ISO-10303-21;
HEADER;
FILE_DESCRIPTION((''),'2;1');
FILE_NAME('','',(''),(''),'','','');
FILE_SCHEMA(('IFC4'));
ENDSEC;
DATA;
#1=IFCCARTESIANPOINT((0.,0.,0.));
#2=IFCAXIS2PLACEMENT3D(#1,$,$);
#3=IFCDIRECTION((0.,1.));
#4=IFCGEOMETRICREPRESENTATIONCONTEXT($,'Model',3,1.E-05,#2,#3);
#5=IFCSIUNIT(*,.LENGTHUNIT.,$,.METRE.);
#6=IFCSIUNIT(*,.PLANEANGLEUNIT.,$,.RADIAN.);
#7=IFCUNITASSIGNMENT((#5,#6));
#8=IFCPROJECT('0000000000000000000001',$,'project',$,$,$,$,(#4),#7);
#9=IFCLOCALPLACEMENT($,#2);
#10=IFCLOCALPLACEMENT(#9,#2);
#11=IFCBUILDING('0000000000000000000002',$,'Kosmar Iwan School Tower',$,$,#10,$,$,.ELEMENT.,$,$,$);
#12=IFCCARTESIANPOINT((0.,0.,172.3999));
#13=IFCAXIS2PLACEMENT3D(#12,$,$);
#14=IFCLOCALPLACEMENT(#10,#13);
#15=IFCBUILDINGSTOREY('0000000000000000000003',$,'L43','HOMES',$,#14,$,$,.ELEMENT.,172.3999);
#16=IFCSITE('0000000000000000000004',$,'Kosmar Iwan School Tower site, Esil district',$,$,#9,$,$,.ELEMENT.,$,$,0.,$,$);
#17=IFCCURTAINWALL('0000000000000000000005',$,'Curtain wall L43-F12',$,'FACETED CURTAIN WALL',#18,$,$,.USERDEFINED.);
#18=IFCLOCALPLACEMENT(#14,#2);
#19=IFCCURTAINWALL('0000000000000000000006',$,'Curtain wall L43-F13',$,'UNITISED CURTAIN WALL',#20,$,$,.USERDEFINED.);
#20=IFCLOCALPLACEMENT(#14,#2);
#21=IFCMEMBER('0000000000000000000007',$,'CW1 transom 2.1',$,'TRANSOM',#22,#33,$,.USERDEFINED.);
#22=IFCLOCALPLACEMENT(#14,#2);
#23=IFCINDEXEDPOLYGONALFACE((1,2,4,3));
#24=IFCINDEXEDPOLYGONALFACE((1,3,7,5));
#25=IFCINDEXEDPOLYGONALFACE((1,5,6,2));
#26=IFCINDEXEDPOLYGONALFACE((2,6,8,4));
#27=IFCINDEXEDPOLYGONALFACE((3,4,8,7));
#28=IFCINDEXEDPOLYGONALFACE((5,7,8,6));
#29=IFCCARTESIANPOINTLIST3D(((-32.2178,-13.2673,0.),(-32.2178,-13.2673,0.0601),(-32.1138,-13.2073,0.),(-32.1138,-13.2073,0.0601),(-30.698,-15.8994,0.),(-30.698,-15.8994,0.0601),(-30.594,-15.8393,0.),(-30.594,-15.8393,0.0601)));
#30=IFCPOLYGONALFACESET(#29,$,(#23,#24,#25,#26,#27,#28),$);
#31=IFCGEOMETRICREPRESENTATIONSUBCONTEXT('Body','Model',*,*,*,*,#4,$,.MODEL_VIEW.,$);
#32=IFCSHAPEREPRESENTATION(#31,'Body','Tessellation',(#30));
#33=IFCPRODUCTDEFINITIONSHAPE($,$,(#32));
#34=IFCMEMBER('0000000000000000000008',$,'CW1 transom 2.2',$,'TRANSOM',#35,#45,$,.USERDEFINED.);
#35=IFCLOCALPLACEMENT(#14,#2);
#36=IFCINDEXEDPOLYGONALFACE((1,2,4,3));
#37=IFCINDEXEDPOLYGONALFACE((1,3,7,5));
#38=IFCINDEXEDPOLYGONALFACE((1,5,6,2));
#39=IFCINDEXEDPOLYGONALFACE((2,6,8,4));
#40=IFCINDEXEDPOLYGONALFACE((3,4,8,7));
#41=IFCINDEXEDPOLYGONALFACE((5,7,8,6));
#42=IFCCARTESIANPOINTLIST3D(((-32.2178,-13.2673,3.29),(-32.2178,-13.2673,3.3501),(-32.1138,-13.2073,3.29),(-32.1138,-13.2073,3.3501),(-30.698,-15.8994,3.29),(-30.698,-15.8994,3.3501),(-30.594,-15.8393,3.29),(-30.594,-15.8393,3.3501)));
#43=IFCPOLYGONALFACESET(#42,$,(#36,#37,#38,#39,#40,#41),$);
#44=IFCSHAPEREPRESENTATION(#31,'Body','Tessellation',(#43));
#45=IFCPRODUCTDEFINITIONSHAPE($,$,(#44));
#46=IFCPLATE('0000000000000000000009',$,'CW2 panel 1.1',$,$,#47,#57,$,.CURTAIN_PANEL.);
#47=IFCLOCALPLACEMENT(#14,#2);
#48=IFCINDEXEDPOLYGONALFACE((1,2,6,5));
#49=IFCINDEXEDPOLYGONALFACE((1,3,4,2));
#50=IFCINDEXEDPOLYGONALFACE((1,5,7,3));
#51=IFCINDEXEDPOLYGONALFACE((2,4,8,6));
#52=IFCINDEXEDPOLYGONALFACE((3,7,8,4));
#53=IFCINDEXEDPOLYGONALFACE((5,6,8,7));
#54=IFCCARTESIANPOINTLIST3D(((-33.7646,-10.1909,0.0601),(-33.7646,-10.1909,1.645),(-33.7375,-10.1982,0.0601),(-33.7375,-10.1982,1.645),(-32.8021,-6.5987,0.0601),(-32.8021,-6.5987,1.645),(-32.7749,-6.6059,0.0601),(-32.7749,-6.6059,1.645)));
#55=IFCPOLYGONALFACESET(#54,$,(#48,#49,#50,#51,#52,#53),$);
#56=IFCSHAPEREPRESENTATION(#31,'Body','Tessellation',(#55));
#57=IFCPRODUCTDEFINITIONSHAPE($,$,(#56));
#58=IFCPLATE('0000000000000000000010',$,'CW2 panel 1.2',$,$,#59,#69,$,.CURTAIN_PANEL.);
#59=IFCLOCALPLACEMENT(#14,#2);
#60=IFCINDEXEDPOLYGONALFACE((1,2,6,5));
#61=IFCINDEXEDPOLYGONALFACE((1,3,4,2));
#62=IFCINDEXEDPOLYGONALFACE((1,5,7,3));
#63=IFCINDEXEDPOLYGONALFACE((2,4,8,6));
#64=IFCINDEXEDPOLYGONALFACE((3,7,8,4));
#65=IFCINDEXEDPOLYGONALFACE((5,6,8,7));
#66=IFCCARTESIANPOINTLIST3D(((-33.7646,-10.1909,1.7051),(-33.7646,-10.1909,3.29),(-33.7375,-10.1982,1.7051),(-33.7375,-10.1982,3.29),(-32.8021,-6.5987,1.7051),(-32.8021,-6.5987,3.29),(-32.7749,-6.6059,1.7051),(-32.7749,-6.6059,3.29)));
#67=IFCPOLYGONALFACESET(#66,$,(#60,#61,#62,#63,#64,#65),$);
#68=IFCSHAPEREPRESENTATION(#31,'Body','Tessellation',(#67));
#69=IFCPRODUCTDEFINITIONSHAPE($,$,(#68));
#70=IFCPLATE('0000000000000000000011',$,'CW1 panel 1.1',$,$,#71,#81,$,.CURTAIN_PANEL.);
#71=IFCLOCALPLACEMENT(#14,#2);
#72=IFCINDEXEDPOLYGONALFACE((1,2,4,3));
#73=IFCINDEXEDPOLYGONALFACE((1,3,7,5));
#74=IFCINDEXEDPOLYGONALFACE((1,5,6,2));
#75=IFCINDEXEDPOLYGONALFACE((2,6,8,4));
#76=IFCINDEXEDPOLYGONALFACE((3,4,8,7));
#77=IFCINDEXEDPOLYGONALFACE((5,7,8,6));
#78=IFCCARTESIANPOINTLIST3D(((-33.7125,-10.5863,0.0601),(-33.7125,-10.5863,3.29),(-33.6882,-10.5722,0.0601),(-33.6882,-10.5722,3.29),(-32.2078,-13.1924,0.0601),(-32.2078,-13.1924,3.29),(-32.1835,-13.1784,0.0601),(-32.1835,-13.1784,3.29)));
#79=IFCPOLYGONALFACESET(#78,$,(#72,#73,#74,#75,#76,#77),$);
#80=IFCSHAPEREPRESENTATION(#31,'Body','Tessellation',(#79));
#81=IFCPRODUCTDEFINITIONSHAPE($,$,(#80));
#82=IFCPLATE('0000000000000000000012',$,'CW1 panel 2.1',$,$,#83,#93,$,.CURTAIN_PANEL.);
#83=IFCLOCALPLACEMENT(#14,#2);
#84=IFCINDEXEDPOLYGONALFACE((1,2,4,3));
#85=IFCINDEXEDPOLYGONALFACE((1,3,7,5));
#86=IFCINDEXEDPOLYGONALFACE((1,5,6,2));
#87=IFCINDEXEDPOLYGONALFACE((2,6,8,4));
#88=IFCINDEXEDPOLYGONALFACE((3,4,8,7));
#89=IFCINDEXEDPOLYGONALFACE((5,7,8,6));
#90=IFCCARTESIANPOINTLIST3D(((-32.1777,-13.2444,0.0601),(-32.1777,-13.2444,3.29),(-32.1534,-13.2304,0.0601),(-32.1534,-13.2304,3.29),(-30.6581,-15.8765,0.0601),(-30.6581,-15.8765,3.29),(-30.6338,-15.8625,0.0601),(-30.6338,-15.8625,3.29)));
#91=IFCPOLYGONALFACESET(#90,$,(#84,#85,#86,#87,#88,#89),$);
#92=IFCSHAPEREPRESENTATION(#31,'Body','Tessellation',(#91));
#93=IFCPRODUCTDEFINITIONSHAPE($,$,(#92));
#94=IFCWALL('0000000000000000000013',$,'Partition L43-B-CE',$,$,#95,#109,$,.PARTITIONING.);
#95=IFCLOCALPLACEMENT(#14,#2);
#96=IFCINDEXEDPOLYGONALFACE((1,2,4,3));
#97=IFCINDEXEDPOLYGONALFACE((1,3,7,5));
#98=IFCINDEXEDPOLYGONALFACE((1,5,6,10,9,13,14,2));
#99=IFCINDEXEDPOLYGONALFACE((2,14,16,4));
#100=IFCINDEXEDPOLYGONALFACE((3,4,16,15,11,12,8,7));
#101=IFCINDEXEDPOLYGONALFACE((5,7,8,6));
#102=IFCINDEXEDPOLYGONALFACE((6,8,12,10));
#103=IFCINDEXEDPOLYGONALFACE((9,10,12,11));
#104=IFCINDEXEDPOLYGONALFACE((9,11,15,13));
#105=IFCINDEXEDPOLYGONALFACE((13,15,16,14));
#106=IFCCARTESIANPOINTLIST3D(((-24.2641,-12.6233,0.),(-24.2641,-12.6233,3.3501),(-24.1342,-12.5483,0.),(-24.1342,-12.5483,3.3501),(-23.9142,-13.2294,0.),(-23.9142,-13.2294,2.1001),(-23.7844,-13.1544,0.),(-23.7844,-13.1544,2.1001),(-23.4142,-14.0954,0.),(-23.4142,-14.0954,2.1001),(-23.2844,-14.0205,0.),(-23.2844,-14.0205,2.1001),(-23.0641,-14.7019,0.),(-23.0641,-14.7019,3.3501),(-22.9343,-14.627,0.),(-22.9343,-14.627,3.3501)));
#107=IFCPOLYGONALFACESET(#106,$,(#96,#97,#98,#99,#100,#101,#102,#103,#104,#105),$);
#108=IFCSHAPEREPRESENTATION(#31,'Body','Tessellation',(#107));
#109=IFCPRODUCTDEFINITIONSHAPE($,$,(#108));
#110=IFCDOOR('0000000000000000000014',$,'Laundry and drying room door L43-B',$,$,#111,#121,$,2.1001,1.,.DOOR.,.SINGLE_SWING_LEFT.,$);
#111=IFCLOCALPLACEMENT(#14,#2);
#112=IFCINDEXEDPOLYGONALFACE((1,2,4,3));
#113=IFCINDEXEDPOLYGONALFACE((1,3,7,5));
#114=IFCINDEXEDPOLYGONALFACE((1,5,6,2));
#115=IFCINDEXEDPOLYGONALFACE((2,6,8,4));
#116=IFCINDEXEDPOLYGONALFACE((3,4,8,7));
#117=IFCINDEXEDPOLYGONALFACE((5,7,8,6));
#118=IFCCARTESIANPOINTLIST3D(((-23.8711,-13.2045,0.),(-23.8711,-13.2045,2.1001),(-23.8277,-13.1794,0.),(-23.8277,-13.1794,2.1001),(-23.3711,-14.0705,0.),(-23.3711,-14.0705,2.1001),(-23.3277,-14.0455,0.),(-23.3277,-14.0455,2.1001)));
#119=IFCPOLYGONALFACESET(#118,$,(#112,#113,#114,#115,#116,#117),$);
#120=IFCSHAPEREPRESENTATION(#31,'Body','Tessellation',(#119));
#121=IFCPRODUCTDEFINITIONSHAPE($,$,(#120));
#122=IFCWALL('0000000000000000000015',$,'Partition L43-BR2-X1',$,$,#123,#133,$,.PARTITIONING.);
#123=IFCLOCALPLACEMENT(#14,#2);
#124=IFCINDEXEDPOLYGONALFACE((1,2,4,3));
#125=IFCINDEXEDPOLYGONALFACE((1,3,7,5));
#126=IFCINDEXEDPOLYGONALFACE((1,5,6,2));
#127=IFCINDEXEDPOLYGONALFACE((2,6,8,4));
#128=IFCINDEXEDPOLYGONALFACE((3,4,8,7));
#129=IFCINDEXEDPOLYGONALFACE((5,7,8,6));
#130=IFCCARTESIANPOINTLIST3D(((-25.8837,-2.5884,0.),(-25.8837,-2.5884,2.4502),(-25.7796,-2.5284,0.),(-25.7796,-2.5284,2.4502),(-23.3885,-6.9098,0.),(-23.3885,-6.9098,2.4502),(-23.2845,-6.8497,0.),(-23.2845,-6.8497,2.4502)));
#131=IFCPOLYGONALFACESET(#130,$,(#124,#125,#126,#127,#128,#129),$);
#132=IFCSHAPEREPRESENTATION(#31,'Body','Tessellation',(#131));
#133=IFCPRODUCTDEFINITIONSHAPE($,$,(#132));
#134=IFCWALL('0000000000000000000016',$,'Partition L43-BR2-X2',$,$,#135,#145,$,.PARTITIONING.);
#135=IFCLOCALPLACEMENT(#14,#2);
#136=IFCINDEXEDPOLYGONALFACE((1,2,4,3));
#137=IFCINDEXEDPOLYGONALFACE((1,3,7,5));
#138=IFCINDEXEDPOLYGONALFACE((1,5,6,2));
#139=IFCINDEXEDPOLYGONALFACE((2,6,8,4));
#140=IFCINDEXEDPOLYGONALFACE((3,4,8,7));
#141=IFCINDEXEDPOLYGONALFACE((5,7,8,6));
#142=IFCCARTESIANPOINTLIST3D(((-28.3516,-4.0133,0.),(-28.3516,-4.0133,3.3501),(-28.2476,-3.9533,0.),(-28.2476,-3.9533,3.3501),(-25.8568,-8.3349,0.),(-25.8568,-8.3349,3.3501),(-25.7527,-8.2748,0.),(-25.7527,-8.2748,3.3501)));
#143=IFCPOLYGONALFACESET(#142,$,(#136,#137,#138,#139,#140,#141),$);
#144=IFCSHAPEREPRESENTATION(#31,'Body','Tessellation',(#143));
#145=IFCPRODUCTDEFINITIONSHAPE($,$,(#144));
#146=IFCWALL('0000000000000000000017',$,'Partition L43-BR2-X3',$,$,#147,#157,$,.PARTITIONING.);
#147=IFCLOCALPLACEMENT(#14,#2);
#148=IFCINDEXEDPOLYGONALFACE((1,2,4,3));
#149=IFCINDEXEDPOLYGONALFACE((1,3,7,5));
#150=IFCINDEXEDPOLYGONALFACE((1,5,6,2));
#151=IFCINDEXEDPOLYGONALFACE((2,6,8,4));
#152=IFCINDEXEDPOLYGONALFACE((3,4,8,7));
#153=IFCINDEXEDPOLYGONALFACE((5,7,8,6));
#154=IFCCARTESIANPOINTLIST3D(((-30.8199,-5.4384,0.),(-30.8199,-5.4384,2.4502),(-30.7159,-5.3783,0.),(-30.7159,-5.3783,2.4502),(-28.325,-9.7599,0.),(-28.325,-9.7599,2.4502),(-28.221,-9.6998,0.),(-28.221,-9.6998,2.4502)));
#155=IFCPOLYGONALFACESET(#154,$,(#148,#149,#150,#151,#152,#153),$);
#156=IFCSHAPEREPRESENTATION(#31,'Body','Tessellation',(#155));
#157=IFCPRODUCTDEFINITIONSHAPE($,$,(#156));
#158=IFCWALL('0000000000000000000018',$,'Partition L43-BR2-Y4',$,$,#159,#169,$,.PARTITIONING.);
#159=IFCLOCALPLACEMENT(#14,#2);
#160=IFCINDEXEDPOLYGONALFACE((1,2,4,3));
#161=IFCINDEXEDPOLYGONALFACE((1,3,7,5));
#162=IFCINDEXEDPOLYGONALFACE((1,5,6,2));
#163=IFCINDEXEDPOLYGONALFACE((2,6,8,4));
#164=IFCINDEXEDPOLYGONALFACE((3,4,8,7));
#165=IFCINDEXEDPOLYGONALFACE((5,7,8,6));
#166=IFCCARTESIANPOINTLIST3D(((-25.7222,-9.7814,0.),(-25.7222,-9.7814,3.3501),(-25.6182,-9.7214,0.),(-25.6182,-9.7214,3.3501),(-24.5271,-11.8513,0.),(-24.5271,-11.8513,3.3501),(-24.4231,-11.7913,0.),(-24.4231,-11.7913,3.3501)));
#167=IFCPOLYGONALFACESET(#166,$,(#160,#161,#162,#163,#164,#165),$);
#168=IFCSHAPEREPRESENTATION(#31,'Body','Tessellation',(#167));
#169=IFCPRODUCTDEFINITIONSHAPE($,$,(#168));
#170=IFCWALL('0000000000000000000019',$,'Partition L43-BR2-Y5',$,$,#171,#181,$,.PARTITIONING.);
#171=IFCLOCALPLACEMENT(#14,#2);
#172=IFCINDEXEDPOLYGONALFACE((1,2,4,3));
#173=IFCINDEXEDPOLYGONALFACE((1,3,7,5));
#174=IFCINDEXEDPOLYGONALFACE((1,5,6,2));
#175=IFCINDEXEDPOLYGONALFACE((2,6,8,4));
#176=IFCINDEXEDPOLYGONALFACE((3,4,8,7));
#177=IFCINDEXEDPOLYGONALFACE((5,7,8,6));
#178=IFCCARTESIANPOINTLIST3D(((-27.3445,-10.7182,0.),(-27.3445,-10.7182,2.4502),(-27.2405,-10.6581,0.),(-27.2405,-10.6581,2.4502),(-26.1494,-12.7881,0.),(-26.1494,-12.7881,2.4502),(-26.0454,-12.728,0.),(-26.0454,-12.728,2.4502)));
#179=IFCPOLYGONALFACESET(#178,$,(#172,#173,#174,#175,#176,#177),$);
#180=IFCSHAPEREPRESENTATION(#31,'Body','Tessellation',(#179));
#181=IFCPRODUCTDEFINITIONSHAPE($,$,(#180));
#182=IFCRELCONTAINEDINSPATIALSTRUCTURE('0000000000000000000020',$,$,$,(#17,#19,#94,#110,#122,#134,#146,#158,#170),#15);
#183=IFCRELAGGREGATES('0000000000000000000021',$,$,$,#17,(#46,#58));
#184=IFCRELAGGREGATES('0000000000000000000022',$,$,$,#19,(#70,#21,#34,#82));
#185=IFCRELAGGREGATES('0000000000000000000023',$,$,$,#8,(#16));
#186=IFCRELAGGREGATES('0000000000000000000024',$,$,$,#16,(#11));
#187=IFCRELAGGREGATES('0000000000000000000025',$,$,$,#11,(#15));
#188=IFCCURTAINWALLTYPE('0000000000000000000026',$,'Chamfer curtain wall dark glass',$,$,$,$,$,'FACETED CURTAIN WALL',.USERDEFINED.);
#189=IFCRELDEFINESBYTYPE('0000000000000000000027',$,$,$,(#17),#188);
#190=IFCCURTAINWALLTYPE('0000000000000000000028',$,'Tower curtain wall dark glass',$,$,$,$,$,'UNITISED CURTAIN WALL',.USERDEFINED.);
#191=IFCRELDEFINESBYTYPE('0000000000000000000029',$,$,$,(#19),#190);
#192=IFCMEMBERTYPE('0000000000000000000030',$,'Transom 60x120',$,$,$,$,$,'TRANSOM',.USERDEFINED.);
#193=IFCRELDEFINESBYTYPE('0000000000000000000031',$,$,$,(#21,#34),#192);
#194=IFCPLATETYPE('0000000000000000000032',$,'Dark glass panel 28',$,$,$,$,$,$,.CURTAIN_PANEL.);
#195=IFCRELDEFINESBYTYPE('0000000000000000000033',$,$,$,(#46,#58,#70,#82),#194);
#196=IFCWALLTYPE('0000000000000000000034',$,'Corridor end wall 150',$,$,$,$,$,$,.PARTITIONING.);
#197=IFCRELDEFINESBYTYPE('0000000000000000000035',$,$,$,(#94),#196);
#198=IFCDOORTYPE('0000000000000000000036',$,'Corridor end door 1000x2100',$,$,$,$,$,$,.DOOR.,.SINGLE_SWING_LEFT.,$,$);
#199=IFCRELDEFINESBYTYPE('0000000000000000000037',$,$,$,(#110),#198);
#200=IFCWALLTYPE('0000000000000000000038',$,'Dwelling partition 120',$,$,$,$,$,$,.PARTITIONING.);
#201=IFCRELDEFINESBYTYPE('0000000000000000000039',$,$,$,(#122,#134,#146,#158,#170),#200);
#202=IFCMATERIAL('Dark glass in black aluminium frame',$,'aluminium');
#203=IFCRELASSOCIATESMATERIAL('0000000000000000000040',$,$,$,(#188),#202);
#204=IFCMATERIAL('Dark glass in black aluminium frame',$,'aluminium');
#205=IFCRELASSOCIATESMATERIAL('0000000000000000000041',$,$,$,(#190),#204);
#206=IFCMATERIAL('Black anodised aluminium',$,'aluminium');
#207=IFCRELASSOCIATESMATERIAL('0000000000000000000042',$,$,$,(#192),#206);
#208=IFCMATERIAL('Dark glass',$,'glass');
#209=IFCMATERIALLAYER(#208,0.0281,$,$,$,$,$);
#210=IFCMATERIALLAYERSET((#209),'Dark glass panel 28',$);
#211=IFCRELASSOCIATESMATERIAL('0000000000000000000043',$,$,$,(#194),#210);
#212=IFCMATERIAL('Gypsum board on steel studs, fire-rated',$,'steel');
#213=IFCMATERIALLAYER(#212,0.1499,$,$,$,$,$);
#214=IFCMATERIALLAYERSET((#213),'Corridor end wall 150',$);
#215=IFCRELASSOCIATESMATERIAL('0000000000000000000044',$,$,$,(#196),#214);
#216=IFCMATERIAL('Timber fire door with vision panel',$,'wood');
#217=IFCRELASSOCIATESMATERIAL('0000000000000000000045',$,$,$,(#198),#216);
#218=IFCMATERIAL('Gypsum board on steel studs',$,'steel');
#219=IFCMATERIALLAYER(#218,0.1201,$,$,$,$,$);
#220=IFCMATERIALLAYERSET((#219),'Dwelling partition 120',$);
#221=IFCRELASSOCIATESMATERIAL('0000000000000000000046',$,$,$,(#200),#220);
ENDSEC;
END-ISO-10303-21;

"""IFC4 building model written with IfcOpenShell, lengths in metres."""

from ifc_helpers import new_model, si_unit, direction, frame, frame_2d, origin, origin_2d, place, context, subcontext, project, spatial, rectangle, extrude, material, layer, layer_set, material_profile, profile_set, type_object, element, fill, aggregate, save


model = new_model("IFC4")

# Units and contexts
model_context = context("Model", 3, precision=1e-05, world=origin(), true_north=direction((0.0, 1.0)))
body_context = subcontext(model_context, "Body", "Model", "MODEL_VIEW")
ifc_project = project(units=[si_unit("LENGTHUNIT", "METRE"), si_unit("PLANEANGLEUNIT", "RADIAN")], contexts=[model_context])

# Site, building, storey
site_placement = place(None, origin())
site = spatial("IfcSite", under=ifc_project, at=site_placement, Name="Kosmar Iwan School Tower site, Esil district", CompositionType="ELEMENT", RefElevation=0.0)
building_placement = place(site_placement, origin())
building = spatial("IfcBuilding", under=site, at=building_placement, Name="Kosmar Iwan School Tower", CompositionType="ELEMENT")
storey_placement = place(building_placement, frame((0.0, 0.0, 172.3999)))
storey = spatial("IfcBuildingStorey", under=building, at=storey_placement, Name="L43", Description="HOMES", CompositionType="ELEMENT", Elevation=172.3999)

# Curtain wall
ifc_material_1 = material(Name="Dark glass in black aluminium frame", Category="aluminium")
curtain_wall_type_1 = type_object("IfcCurtainWallType", Name="Chamfer curtain wall dark glass", ElementType="FACETED CURTAIN WALL", PredefinedType="USERDEFINED", material=ifc_material_1)
curtain_wall_1_placement = place(storey_placement, origin())
curtain_wall_1 = element("IfcCurtainWall", 1, at=curtain_wall_1_placement, inside=storey, type_object=curtain_wall_type_1, Name="Curtain wall L43-F12", ObjectType="FACETED CURTAIN WALL", PredefinedType="USERDEFINED")

# Curtain wall
ifc_material_2 = material(Name="Dark glass in black aluminium frame", Category="aluminium")
curtain_wall_type_2 = type_object("IfcCurtainWallType", Name="Tower curtain wall dark glass", ElementType="UNITISED CURTAIN WALL", PredefinedType="USERDEFINED", material=ifc_material_2)
curtain_wall_2_placement = place(storey_placement, origin())
curtain_wall_2 = element("IfcCurtainWall", 2, at=curtain_wall_2_placement, inside=storey, type_object=curtain_wall_type_2, Name="Curtain wall L43-F13", ObjectType="UNITISED CURTAIN WALL", PredefinedType="USERDEFINED")

# Members
ifc_material_3 = material(Name="Black anodised aluminium", Category="aluminium")
ifc_material_profile_1 = material_profile(ifc_material_3, rectangle(XDim=0.1201, YDim=0.0601, at=origin_2d()), Name="TRANSOM 60x120")
ifc_profile_set_1 = profile_set([ifc_material_profile_1], Name="Black anodised aluminium")
member_type_1 = type_object("IfcMemberType", Name="Transom 60x120", ElementType="TRANSOM", PredefinedType="USERDEFINED", material=ifc_profile_set_1)
member_1_placement = place(storey_placement, frame((-32.1658, -13.2373, 0.03), z_axis=(0.500035, -0.866005, 0.0), x_axis=(0.866005, 0.500035, 0.0)))
member_1 = element("IfcMember", 3, at=member_1_placement, type_object=member_type_1, Name="CW1 transom 2.1", ObjectType="TRANSOM", PredefinedType="USERDEFINED", context=body_context, shape_type="SweptSolid", body=[
    extrude(rectangle(XDim=0.1201, YDim=0.0601, at=origin_2d()), origin(), (0.0, 0.0, 1.0), 3.0393),
])
member_2_placement = place(storey_placement, frame((-32.1658, -13.2373, 3.3201), z_axis=(0.500035, -0.866005, 0.0), x_axis=(0.866005, 0.500035, 0.0)))
member_2 = element("IfcMember", 4, at=member_2_placement, type_object=member_type_1, Name="CW1 transom 2.2", ObjectType="TRANSOM", PredefinedType="USERDEFINED", context=body_context, shape_type="SweptSolid", body=[
    extrude(rectangle(XDim=0.1201, YDim=0.0601, at=origin_2d()), origin(), (0.0, 0.0, 1.0), 3.0393),
])

# Plates
ifc_material_4 = material(Name="Dark glass", Category="glass")
ifc_layer_1 = layer(ifc_material_4, 0.0281)
ifc_layer_set_1 = layer_set([ifc_layer_1], Name="Dark glass panel 28")
plate_type = type_object("IfcPlateType", Name="Dark glass panel 28", PredefinedType="CURTAIN_PANEL", material=ifc_layer_set_1)
plate_1_placement = place(storey_placement, frame((-33.2698, -8.3984, 0.0601), z_axis=(0.0, 0.0, 1.0), x_axis=(-0.258819, -0.965926, 0.0)))
plate_1 = element("IfcPlate", 5, at=plate_1_placement, type_object=plate_type, Name="CW2 panel 1.1", PredefinedType="CURTAIN_PANEL", context=body_context, shape_type="SweptSolid", body=[
    extrude(rectangle(XDim=3.719, YDim=0.0281, at=origin_2d()), origin(), (0.0, 0.0, 1.0), 1.585),
])
plate_2_placement = place(storey_placement, frame((-33.2698, -8.3984, 1.7051), z_axis=(0.0, 0.0, 1.0), x_axis=(-0.258819, -0.965926, 0.0)))
plate_2 = element("IfcPlate", 6, at=plate_2_placement, type_object=plate_type, Name="CW2 panel 1.2", PredefinedType="CURTAIN_PANEL", context=body_context, shape_type="SweptSolid", body=[
    extrude(rectangle(XDim=3.719, YDim=0.0281, at=origin_2d()), origin(), (0.0, 0.0, 1.0), 1.585),
])
aggregate(curtain_wall_1, [plate_1, plate_2])
plate_3_placement = place(storey_placement, frame((-32.948, -11.8823, 0.0601), z_axis=(0.0, 0.0, 1.0), x_axis=(0.5, -0.866025, 0.0)))
plate_3 = element("IfcPlate", 7, at=plate_3_placement, type_object=plate_type, Name="CW1 panel 1.1", PredefinedType="CURTAIN_PANEL", context=body_context, shape_type="SweptSolid", body=[
    extrude(rectangle(XDim=3.0093, YDim=0.0281, at=origin_2d()), origin(), (0.0, 0.0, 1.0), 3.23),
])
plate_4_placement = place(storey_placement, frame((-31.4058, -14.5535, 0.0601), z_axis=(0.0, 0.0, 1.0), x_axis=(0.5, -0.866025, 0.0)))
plate_4 = element("IfcPlate", 8, at=plate_4_placement, type_object=plate_type, Name="CW1 panel 2.1", PredefinedType="CURTAIN_PANEL", context=body_context, shape_type="SweptSolid", body=[
    extrude(rectangle(XDim=3.0393, YDim=0.0281, at=origin_2d()), origin(), (0.0, 0.0, 1.0), 3.23),
])
aggregate(curtain_wall_2, [plate_3, member_1, member_2, plate_4])

# Wall, opening, door
ifc_material_5 = material(Name="Gypsum board on steel studs, fire-rated", Category="steel")
ifc_layer_2 = layer(ifc_material_5, 0.1499)
ifc_layer_set_2 = layer_set([ifc_layer_2], Name="Corridor end wall 150")
wall_type_1 = type_object("IfcWallType", Name="Corridor end wall 150", PredefinedType="PARTITIONING", material=ifc_layer_set_2)
wall_1_placement = place(storey_placement, frame((-24.1992, -12.5857, 0.0), z_axis=(0.0, 0.0, 1.0), x_axis=(0.499957, -0.86605, 0.0)))
wall_1 = element("IfcWall", 9, at=wall_1_placement, inside=storey, type_object=wall_type_1, Name="Partition L43-B-CE", PredefinedType="PARTITIONING", context=body_context, shape_type="SweptSolid", body=[
    extrude(rectangle(XDim=2.4001, YDim=0.1499, at=frame_2d((1.2002, 0.0))), origin(), (0.0, 0.0, 1.0), 3.3501),
])
opening_placement = place(wall_1_placement, frame((0.7, 0.0, 0.0)))
opening = element("IfcOpeningElement", 10, at=opening_placement, cuts=wall_1, PredefinedType="OPENING", context=body_context, shape_type="SweptSolid", body=[
    extrude(rectangle(XDim=1.0, YDim=2.1001, at=frame_2d((0.5, 1.05))), frame((0.0, 0.0869, 0.0), z_axis=(0.0, -1.0, 0.0), x_axis=(1.0, 0.0, 0.0)), (0.0, 0.0, 1.0), 0.1738),
])
ifc_material_6 = material(Name="Timber fire door with vision panel", Category="wood")
door_type = type_object("IfcDoorType", Name="Corridor end door 1000x2100", OperationType="SINGLE_SWING_LEFT", PredefinedType="DOOR", material=ifc_material_6)
door_placement = place(opening_placement, origin())
door = element("IfcDoor", 11, at=door_placement, inside=storey, type_object=door_type, Name="Laundry and drying room door L43-B", OperationType="SINGLE_SWING_LEFT", OverallHeight=2.1001, OverallWidth=1.0, PredefinedType="DOOR", context=body_context, shape_type="SweptSolid", body=[
    extrude(rectangle(XDim=1.0, YDim=2.1001, at=frame_2d((0.5, 1.05))), frame((0.0, 0.0249, 0.0), z_axis=(0.0, -1.0, 0.0), x_axis=(1.0, 0.0, 0.0)), (0.0, 0.0, 1.0), 0.05),
])
fill(opening, door)

# Walls
ifc_material_7 = material(Name="Gypsum board on steel studs", Category="steel")
ifc_layer_3 = layer(ifc_material_7, 0.1201)
ifc_layer_set_3 = layer_set([ifc_layer_3], Name="Dwelling partition 120")
wall_type_2 = type_object("IfcWallType", Name="Dwelling partition 120", PredefinedType="PARTITIONING", material=ifc_layer_set_3)
wall_2_placement = place(storey_placement, frame((-23.3364, -6.8799, 0.0), z_axis=(0.0, 0.0, 1.0), x_axis=(-0.500033, 0.866006, 0.0)))
element("IfcWall", 12, at=wall_2_placement, inside=storey, type_object=wall_type_2, Name="Partition L43-BR2-X1", PredefinedType="PARTITIONING", context=body_context, shape_type="SweptSolid", body=[
    extrude(rectangle(XDim=4.99, YDim=0.1201, at=frame_2d((2.4951, 0.0))), origin(), (0.0, 0.0, 1.0), 2.4502),
])
wall_3_placement = place(storey_placement, frame((-25.8047, -8.3049, 0.0), z_axis=(0.0, 0.0, 1.0), x_axis=(-0.499975, 0.86604, 0.0)))
element("IfcWall", 13, at=wall_3_placement, inside=storey, type_object=wall_type_2, Name="Partition L43-BR2-X2", PredefinedType="PARTITIONING", context=body_context, shape_type="SweptSolid", body=[
    extrude(rectangle(XDim=4.99, YDim=0.1201, at=frame_2d((2.4951, 0.0))), origin(), (0.0, 0.0, 1.0), 3.3501),
])
wall_4_placement = place(storey_placement, frame((-28.2729, -9.73, 0.0), z_axis=(0.0, 0.0, 1.0), x_axis=(-0.499975, 0.86604, 0.0)))
element("IfcWall", 14, at=wall_4_placement, inside=storey, type_object=wall_type_2, Name="Partition L43-BR2-X3", PredefinedType="PARTITIONING", context=body_context, shape_type="SweptSolid", body=[
    extrude(rectangle(XDim=4.99, YDim=0.1201, at=frame_2d((2.4951, 0.0))), origin(), (0.0, 0.0, 1.0), 2.4502),
])
wall_5_placement = place(storey_placement, frame((-24.4751, -11.8213, 0.0), z_axis=(0.0, 0.0, 1.0), x_axis=(-0.500017, 0.866015, 0.0)))
element("IfcWall", 15, at=wall_5_placement, inside=storey, type_object=wall_type_2, Name="Partition L43-BR2-Y4", PredefinedType="PARTITIONING", context=body_context, shape_type="SweptSolid", body=[
    extrude(rectangle(XDim=2.3901, YDim=0.1201, at=frame_2d((1.1951, 0.0))), origin(), (0.0, 0.0, 1.0), 3.3501),
])
wall_6_placement = place(storey_placement, frame((-26.0974, -12.7581, 0.0), z_axis=(0.0, 0.0, 1.0), x_axis=(-0.500017, 0.866015, 0.0)))
element("IfcWall", 16, at=wall_6_placement, inside=storey, type_object=wall_type_2, Name="Partition L43-BR2-Y5", PredefinedType="PARTITIONING", context=body_context, shape_type="SweptSolid", body=[
    extrude(rectangle(XDim=2.3901, YDim=0.1201, at=frame_2d((1.1951, 0.0))), origin(), (0.0, 0.0, 1.0), 2.4502),
])

save(model, "model.ifc")
